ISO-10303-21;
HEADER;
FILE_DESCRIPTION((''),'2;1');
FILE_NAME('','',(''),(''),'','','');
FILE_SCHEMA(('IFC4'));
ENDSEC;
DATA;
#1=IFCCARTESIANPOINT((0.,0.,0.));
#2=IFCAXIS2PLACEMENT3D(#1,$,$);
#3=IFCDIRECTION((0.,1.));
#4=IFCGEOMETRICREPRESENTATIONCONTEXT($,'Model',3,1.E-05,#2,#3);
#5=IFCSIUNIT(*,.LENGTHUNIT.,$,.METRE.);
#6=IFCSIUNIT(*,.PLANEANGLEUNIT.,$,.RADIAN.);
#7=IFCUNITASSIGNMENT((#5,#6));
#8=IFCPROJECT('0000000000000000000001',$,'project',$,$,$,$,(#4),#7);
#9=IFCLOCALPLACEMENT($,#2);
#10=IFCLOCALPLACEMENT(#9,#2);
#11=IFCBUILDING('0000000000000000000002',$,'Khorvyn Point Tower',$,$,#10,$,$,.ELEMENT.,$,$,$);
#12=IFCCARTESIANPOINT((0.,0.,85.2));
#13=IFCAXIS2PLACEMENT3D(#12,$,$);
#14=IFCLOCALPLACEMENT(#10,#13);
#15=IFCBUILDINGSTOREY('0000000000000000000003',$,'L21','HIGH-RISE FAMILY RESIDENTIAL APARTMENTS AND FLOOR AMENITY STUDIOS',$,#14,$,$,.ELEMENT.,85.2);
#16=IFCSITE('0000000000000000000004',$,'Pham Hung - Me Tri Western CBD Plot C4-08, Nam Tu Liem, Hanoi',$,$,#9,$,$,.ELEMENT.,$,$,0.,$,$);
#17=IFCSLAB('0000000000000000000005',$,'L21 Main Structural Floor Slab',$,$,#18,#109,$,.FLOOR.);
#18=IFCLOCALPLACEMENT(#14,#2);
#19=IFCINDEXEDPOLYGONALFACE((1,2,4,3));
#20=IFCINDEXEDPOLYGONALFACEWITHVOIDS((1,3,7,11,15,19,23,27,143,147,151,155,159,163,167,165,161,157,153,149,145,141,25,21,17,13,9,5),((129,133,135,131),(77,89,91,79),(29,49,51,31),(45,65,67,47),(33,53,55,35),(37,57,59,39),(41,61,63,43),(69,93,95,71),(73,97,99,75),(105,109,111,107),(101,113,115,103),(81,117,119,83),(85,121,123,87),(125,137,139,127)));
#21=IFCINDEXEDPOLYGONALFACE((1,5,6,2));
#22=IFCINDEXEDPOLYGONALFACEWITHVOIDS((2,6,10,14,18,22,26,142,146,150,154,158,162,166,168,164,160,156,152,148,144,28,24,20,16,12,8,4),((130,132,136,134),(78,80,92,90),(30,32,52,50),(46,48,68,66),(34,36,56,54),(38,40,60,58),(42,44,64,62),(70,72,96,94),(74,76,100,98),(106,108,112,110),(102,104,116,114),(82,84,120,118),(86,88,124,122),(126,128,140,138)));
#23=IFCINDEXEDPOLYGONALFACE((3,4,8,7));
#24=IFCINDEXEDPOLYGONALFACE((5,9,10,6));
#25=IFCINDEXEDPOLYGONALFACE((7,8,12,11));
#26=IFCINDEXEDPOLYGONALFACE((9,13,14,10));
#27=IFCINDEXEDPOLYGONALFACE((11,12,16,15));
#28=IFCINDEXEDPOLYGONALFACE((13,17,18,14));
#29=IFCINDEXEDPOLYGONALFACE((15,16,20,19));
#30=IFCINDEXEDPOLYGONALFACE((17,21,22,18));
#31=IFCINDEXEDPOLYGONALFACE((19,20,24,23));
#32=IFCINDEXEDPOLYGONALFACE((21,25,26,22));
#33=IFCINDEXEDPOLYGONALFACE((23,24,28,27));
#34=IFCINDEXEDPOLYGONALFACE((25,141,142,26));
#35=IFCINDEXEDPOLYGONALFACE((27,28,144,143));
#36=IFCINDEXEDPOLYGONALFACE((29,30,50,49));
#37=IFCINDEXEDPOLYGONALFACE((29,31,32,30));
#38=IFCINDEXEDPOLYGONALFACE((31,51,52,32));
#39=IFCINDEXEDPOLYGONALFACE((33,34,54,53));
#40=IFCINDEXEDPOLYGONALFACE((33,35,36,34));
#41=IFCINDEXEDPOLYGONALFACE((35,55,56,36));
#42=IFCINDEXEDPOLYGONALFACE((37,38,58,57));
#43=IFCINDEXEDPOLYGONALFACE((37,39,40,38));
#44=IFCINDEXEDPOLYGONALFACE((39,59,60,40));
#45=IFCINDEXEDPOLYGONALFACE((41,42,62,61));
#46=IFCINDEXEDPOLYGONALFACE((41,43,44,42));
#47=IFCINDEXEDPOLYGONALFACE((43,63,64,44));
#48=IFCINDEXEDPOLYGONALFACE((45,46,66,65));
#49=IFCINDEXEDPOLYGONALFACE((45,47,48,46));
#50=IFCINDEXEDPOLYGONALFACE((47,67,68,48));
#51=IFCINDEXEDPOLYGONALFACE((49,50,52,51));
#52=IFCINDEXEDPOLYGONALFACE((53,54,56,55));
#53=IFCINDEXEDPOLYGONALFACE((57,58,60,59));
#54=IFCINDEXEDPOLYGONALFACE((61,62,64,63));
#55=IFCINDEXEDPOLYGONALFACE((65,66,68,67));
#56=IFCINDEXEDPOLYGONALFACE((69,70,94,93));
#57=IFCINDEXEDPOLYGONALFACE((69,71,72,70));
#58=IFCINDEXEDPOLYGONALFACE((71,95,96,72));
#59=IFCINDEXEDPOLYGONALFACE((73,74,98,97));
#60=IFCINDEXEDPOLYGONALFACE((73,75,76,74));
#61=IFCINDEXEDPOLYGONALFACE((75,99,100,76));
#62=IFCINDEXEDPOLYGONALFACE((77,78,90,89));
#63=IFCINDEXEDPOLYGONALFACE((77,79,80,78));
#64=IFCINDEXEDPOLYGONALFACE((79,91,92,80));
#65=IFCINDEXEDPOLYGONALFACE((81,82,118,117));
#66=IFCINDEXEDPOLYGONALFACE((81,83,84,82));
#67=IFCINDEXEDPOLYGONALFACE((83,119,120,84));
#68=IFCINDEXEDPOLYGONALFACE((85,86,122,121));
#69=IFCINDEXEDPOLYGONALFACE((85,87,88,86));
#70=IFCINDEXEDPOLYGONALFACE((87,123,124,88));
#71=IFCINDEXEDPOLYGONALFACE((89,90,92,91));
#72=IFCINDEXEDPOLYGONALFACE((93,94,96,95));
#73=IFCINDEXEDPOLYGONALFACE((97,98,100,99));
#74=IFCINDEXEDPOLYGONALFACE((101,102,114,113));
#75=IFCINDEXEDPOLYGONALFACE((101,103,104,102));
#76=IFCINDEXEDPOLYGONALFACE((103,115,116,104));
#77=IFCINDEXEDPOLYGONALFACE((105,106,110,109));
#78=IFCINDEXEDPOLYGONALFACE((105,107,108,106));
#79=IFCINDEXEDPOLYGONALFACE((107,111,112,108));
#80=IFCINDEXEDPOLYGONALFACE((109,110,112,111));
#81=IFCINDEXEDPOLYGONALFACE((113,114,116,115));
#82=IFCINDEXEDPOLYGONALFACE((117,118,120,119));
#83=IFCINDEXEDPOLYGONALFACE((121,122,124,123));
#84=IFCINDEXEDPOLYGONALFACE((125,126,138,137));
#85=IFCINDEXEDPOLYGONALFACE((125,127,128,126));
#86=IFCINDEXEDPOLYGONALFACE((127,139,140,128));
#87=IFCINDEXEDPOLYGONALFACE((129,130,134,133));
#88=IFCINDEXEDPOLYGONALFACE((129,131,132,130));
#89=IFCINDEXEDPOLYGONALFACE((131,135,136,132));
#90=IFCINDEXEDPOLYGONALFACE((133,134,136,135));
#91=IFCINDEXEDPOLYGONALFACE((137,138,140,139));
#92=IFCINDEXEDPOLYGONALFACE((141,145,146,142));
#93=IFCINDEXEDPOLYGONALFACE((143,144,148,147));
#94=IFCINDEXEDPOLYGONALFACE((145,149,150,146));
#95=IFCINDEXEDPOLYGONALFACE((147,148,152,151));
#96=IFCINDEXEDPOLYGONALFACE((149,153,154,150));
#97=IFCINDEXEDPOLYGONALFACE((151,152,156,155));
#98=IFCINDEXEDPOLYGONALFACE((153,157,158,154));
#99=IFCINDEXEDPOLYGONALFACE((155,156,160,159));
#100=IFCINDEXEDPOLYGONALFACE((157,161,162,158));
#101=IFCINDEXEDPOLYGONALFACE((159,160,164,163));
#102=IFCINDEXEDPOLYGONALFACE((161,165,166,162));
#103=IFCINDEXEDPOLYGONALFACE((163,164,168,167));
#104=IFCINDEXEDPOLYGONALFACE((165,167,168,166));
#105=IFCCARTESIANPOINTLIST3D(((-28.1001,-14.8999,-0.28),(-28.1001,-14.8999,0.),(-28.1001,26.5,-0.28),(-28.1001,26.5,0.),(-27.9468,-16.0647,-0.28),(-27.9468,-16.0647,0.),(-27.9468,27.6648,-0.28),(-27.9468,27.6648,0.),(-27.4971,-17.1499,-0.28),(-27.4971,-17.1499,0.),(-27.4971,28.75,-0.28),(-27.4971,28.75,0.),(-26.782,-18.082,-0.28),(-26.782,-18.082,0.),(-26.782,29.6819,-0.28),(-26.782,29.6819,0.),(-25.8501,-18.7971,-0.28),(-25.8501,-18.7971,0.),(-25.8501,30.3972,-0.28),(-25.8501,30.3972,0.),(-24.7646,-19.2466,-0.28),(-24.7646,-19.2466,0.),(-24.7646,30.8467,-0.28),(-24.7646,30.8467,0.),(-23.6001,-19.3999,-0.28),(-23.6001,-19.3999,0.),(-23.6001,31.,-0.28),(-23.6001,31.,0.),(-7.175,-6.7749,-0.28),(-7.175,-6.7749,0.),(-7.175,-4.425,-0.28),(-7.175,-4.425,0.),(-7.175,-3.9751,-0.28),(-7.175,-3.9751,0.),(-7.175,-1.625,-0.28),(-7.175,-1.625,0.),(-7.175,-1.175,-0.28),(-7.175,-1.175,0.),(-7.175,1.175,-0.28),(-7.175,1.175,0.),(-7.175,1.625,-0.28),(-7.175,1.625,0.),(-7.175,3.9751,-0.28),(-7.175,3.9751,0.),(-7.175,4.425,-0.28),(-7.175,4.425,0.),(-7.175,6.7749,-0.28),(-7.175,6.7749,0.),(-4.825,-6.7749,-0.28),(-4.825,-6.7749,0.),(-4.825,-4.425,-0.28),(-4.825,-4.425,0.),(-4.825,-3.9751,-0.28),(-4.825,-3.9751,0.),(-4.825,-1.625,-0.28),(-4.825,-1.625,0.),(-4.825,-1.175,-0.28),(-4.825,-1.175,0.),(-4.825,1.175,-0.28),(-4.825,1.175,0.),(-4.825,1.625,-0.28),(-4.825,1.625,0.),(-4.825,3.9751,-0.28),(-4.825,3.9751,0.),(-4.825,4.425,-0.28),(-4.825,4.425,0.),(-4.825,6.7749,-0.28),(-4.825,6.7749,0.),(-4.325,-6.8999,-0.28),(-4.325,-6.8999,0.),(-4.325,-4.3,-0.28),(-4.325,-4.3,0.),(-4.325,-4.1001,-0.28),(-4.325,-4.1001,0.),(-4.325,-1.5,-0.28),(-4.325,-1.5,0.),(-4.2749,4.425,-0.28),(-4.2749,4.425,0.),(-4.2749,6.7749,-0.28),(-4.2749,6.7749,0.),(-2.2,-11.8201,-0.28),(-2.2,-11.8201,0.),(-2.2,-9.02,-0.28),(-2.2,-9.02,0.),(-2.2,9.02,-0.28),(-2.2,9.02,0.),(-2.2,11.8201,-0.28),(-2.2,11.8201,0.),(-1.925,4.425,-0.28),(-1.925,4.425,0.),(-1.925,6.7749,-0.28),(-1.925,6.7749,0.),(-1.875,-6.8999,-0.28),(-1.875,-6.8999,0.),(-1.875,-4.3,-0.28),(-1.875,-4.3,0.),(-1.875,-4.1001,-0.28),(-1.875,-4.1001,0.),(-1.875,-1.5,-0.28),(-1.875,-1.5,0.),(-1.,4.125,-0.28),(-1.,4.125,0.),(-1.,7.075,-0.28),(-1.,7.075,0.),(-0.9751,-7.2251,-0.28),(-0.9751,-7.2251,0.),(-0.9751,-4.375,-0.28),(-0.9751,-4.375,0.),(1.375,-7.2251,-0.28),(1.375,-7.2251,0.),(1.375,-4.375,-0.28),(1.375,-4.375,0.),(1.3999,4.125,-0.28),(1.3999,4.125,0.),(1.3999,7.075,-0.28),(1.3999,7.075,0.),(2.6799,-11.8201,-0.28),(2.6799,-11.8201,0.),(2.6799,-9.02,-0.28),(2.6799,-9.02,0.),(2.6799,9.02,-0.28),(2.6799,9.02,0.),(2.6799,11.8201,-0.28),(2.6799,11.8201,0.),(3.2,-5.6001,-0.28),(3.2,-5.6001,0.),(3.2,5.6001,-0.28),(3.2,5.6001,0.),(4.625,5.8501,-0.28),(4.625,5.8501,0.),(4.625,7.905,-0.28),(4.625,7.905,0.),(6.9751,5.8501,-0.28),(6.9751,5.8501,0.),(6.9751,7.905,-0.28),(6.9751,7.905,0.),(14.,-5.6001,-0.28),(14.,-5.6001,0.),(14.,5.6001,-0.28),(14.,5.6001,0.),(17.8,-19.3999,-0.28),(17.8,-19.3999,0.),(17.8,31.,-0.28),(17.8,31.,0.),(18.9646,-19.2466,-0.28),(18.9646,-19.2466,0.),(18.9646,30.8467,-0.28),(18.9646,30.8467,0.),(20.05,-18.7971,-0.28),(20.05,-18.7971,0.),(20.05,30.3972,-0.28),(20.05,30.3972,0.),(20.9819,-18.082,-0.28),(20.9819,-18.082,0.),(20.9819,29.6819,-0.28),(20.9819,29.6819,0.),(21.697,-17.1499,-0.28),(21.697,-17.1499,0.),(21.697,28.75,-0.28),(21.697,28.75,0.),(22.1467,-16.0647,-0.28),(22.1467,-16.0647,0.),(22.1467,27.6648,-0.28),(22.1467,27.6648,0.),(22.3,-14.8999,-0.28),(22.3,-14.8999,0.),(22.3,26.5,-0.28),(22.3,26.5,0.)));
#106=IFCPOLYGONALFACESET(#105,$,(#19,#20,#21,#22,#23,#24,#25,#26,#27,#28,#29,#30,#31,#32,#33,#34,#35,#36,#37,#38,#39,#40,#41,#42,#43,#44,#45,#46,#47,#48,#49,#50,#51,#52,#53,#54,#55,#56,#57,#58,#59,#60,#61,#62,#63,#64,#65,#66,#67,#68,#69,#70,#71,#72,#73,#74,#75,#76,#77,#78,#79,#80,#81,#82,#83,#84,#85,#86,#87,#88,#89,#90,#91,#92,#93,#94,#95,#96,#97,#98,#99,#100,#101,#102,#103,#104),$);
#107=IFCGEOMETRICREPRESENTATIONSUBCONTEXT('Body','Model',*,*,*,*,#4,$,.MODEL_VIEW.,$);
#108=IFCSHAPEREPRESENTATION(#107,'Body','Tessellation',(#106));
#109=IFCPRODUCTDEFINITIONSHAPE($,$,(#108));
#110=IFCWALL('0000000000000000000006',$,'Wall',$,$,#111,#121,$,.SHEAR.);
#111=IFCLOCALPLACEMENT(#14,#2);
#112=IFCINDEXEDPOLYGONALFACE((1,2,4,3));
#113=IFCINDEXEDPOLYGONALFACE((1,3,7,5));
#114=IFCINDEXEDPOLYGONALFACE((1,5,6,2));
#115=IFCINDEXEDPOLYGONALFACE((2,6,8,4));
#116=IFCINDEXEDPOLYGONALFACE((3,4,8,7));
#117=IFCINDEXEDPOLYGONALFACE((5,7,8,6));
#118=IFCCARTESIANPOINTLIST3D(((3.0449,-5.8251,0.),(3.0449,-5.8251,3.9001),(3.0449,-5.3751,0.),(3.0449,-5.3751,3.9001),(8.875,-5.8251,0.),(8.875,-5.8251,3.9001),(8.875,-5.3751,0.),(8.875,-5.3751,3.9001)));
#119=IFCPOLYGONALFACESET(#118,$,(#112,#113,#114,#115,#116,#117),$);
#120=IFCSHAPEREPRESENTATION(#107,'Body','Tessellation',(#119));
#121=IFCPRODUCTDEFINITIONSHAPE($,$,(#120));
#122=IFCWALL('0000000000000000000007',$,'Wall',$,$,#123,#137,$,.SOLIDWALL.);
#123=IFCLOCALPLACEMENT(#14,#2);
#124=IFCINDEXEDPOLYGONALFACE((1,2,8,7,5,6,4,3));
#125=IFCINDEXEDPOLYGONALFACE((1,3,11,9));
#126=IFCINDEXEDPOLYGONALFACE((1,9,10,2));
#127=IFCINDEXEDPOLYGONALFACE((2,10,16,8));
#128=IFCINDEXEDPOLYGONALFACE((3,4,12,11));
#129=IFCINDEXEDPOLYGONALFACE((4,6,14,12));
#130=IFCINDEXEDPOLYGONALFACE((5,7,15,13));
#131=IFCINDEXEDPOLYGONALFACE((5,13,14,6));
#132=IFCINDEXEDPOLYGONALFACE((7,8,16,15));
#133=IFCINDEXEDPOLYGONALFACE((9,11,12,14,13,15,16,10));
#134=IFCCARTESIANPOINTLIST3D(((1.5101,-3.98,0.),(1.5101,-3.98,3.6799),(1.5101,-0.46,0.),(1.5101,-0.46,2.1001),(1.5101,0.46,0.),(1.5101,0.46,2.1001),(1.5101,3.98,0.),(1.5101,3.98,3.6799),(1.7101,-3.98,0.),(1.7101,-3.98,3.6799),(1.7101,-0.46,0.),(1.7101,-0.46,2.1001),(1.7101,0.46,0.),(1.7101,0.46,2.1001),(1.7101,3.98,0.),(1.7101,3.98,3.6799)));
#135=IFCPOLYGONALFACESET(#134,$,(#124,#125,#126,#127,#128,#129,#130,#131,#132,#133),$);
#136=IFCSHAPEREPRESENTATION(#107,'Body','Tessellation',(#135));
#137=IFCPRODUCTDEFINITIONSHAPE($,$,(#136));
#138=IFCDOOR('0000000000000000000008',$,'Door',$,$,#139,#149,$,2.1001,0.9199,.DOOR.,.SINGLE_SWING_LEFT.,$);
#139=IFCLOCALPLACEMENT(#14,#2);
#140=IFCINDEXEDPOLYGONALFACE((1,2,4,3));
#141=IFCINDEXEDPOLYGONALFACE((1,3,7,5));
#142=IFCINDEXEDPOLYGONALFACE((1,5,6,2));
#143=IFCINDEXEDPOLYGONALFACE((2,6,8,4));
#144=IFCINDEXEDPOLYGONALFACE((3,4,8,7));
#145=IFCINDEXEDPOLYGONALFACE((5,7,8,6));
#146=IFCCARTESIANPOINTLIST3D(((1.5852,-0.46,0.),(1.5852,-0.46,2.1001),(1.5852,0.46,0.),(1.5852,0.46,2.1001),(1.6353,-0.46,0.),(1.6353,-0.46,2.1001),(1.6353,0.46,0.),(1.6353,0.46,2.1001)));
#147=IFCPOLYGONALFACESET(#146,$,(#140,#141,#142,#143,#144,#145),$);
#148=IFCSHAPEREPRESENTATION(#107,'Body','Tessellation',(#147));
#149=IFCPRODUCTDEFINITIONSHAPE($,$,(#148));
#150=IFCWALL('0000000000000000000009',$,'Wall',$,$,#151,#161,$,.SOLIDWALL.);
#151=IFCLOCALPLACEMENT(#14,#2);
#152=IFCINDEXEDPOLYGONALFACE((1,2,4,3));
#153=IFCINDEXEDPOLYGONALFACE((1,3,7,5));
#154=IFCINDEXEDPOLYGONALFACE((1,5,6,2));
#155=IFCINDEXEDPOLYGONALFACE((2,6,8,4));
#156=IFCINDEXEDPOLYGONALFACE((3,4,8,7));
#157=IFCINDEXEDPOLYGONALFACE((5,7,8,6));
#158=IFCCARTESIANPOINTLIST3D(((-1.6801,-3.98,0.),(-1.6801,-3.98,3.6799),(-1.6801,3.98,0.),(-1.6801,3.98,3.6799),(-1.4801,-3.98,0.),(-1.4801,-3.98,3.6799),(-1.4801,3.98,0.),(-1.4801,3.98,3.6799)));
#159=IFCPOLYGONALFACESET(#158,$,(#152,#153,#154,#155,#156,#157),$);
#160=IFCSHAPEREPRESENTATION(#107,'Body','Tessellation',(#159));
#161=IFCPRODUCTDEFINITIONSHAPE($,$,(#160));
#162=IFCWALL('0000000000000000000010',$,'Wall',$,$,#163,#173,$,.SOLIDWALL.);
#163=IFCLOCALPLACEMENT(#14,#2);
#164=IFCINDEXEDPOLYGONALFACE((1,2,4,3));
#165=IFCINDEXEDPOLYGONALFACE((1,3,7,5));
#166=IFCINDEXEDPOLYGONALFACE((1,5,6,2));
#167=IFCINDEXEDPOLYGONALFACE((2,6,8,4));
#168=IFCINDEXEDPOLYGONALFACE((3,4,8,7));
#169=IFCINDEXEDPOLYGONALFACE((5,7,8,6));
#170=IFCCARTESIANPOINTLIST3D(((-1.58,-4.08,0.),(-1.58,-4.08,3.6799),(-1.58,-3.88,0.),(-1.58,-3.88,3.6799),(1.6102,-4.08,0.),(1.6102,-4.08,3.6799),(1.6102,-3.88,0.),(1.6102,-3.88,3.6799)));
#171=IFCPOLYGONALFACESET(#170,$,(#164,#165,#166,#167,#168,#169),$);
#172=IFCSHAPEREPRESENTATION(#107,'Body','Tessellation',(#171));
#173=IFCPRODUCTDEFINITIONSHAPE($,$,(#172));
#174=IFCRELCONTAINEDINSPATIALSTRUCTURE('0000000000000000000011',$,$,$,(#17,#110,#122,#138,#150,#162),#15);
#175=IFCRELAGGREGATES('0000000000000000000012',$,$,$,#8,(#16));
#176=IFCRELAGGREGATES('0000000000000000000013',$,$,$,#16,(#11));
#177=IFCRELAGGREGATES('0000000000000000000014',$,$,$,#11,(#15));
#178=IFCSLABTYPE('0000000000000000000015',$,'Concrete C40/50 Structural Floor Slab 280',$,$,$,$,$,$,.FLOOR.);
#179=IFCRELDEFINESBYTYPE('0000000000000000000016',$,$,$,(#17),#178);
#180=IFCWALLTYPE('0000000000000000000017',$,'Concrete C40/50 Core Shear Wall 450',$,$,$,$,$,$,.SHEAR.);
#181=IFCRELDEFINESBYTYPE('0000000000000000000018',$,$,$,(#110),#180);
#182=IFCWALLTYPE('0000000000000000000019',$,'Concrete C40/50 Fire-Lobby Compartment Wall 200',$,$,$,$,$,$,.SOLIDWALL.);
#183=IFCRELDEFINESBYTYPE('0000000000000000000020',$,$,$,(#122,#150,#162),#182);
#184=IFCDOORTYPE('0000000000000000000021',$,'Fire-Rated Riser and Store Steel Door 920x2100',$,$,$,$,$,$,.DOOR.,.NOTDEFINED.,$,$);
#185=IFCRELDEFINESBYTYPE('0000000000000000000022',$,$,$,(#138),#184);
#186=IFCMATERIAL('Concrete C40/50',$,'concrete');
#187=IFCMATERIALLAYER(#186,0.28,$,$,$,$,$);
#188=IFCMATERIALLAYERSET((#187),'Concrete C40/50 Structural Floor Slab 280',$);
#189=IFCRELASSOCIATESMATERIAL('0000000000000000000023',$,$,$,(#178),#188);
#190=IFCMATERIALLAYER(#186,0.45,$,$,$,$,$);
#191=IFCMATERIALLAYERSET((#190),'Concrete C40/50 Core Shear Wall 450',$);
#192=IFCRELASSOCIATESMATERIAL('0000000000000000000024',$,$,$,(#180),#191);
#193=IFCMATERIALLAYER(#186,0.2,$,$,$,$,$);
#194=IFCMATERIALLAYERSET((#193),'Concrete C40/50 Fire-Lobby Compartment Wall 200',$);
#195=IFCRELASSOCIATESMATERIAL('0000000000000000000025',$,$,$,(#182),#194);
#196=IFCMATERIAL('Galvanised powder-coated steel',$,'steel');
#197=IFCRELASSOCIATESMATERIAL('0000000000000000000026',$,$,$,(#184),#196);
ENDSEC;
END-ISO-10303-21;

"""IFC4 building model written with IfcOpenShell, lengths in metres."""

from ifc_helpers import new_model, si_unit, direction, frame, frame_2d, origin, place, context, subcontext, project, spatial, polyline, rectangle, outline, extrude, material, layer, layer_set, type_object, element, fill, save


model = new_model("IFC4")

# Units and contexts
model_context = context("Model", 3, precision=1e-05, world=origin(), true_north=direction((0.0, 1.0)))
body_context = subcontext(model_context, "Body", "Model", "MODEL_VIEW")
ifc_project = project(units=[si_unit("LENGTHUNIT", "METRE"), si_unit("PLANEANGLEUNIT", "RADIAN")], contexts=[model_context])

# Site, building, storey
site_placement = place(None, origin())
site = spatial("IfcSite", under=ifc_project, at=site_placement, Name="Pham Hung - Me Tri Western CBD Plot C4-08, Nam Tu Liem, Hanoi", CompositionType="ELEMENT", RefElevation=0.0)
building_placement = place(site_placement, origin())
building = spatial("IfcBuilding", under=site, at=building_placement, Name="Khorvyn Point Tower", CompositionType="ELEMENT")
storey_placement = place(building_placement, frame((0.0, 0.0, 85.2)))
storey = spatial("IfcBuildingStorey", under=building, at=storey_placement, Name="L21", Description="HIGH-RISE FAMILY RESIDENTIAL APARTMENTS AND FLOOR AMENITY STUDIOS", CompositionType="ELEMENT", Elevation=85.2)

# Shared definitions
ifc_material_1 = material(Name="Concrete C40/50", Category="concrete")

# Slab
ifc_layer_1 = layer(ifc_material_1, 0.28)
ifc_layer_set_1 = layer_set([ifc_layer_1], Name="Concrete C40/50 Structural Floor Slab 280")
slab_type_1 = type_object("IfcSlabType", Name="Concrete C40/50 Structural Floor Slab 280", PredefinedType="FLOOR", material=ifc_layer_set_1)
slab_1_placement = place(storey_placement, frame((0.0, 0.0, -0.28)))
element("IfcSlab", 1, at=slab_1_placement, inside=storey, type_object=slab_type_1, Name="L21 Main Structural Floor Slab", PredefinedType="FLOOR", context=body_context, shape_type="SweptSolid", body=[
    extrude(outline(polyline([(-23.6001, -19.3999), (-24.7646, -19.2466), (-25.8501, -18.7971), (-26.782, -18.082), (-27.4971, -17.1499), (-27.9468, -16.0647), (-28.1001, -14.8999), (-28.1001, 26.5), (-27.9468, 27.6648), (-27.4971, 28.75), (-26.782, 29.6819), (-25.8501, 30.3972), (-24.7646, 30.8467), (-23.6001, 31.0), (17.8, 31.0), (18.9646, 30.8467), (20.05, 30.3972), (20.9819, 29.6819), (21.697, 28.75), (22.1467, 27.6648), (22.3, 26.5), (22.3, -14.8999), (22.1467, -16.0647), (21.697, -17.1499), (20.9819, -18.082), (20.05, -18.7971), (18.9646, -19.2466), (17.8, -19.3999), (-23.6001, -19.3999)]), holes=[polyline([(-4.825, -6.7749), (-4.825, -4.425), (-7.175, -4.425), (-7.175, -6.7749), (-4.825, -6.7749)]), polyline([(-4.325, -6.8999), (-1.875, -6.8999), (-1.875, -4.3), (-4.325, -4.3), (-4.325, -6.8999)]), polyline([(-7.175, -3.9751), (-4.825, -3.9751), (-4.825, -1.625), (-7.175, -1.625), (-7.175, -3.9751)]), polyline([(-7.175, -1.175), (-4.825, -1.175), (-4.825, 1.175), (-7.175, 1.175), (-7.175, -1.175)]), polyline([(-7.175, 1.625), (-4.825, 1.625), (-4.825, 3.9751), (-7.175, 3.9751), (-7.175, 1.625)]), polyline([(-7.175, 4.425), (-4.825, 4.425), (-4.825, 6.7749), (-7.175, 6.7749), (-7.175, 4.425)]), polyline([(-4.2749, 4.425), (-1.925, 4.425), (-1.925, 6.7749), (-4.2749, 6.7749), (-4.2749, 4.425)]), polyline([(2.6799, -11.8201), (2.6799, -9.02), (-2.2, -9.02), (-2.2, -11.8201), (2.6799, -11.8201)]), polyline([(-0.9751, -7.2251), (1.375, -7.2251), (1.375, -4.375), (-0.9751, -4.375), (-0.9751, -7.2251)]), polyline([(-4.325, -4.1001), (-1.875, -4.1001), (-1.875, -1.5), (-4.325, -1.5), (-4.325, -4.1001)]), polyline([(3.2, -5.6001), (14.0, -5.6001), (14.0, 5.6001), (3.2, 5.6001), (3.2, -5.6001)]), polyline([(-1.0, 4.125), (1.3999, 4.125), (1.3999, 7.075), (-1.0, 7.075), (-1.0, 4.125)]), polyline([(4.625, 5.8501), (6.9751, 5.8501), (6.9751, 7.905), (4.625, 7.905), (4.625, 5.8501)]), polyline([(-2.2, 9.02), (2.6799, 9.02), (2.6799, 11.8201), (-2.2, 11.8201), (-2.2, 9.02)])]), origin(), (0.0, 0.0, 1.0), 0.28),
])

# Wall
ifc_layer_2 = layer(ifc_material_1, 0.45)
ifc_layer_set_2 = layer_set([ifc_layer_2], Name="Concrete C40/50 Core Shear Wall 450")
wall_type_1 = type_object("IfcWallType", Name="Concrete C40/50 Core Shear Wall 450", PredefinedType="SHEAR", material=ifc_layer_set_2)
wall_1_placement = place(storey_placement, frame((3.0449, -5.6001, 0.0), z_axis=(0.0, 0.0, 1.0), x_axis=(1.0, 0.0, 0.0)))
element("IfcWall", 2, at=wall_1_placement, inside=storey, type_object=wall_type_1, Name="Wall", PredefinedType="SHEAR", context=body_context, shape_type="SweptSolid", body=[
    extrude(rectangle(XDim=5.8301, YDim=0.45, at=frame_2d((2.915, 0.0))), origin(), (0.0, 0.0, 1.0), 3.9001),
])

# Wall, opening, door
ifc_layer_3 = layer(ifc_material_1, 0.2)
ifc_layer_set_3 = layer_set([ifc_layer_3], Name="Concrete C40/50 Fire-Lobby Compartment Wall 200")
wall_type_2 = type_object("IfcWallType", Name="Concrete C40/50 Fire-Lobby Compartment Wall 200", PredefinedType="SOLIDWALL", material=ifc_layer_set_3)
wall_2_placement = place(storey_placement, frame((1.6101, -3.98, 0.0), z_axis=(0.0, 0.0, 1.0), x_axis=(0.0, 1.0, 0.0)))
wall_2 = element("IfcWall", 3, at=wall_2_placement, inside=storey, type_object=wall_type_2, Name="Wall", PredefinedType="SOLIDWALL", context=body_context, shape_type="SweptSolid", body=[
    extrude(rectangle(XDim=7.96, YDim=0.2, at=frame_2d((3.98, 0.0))), origin(), (0.0, 0.0, 1.0), 3.6799),
])
opening_1_placement = place(wall_2_placement, frame((3.52, 0.0, 0.0)))
opening_1 = element("IfcOpeningElement", 4, at=opening_1_placement, cuts=wall_2, PredefinedType="OPENING", context=body_context, shape_type="SweptSolid", body=[
    extrude(rectangle(XDim=0.9199, YDim=2.1001, at=frame_2d((0.46, 1.05))), frame((0.0, 0.1099, 0.0), z_axis=(0.0, -1.0, 0.0), x_axis=(1.0, 0.0, 0.0)), (0.0, 0.0, 1.0), 0.22),
])
ifc_material_2 = material(Name="Galvanised powder-coated steel", Category="steel")
door_type_1 = type_object("IfcDoorType", Name="Fire-Rated Riser and Store Steel Door 920x2100", OperationType="NOTDEFINED", PredefinedType="DOOR", material=ifc_material_2)
door_1_placement = place(opening_1_placement, origin())
door_1 = element("IfcDoor", 5, at=door_1_placement, inside=storey, type_object=door_type_1, Name="Door", OperationType="SINGLE_SWING_LEFT", OverallHeight=2.1001, OverallWidth=0.9199, PredefinedType="DOOR", context=body_context, shape_type="SweptSolid", body=[
    extrude(rectangle(XDim=0.9199, YDim=2.1001, at=frame_2d((0.46, 1.05))), frame((0.0, 0.0249, 0.0), z_axis=(0.0, -1.0, 0.0), x_axis=(1.0, 0.0, 0.0)), (0.0, 0.0, 1.0), 0.05),
])
fill(opening_1, door_1)

# Walls
wall_3_placement = place(storey_placement, frame((-1.5801, -3.98, 0.0), z_axis=(0.0, 0.0, 1.0), x_axis=(0.0, 1.0, 0.0)))
element("IfcWall", 6, at=wall_3_placement, inside=storey, type_object=wall_type_2, Name="Wall", PredefinedType="SOLIDWALL", context=body_context, shape_type="SweptSolid", body=[
    extrude(rectangle(XDim=7.96, YDim=0.2, at=frame_2d((3.98, 0.0))), origin(), (0.0, 0.0, 1.0), 3.6799),
])
wall_4_placement = place(storey_placement, frame((-1.5801, -3.98, 0.0), z_axis=(0.0, 0.0, 1.0), x_axis=(1.0, 0.0, 0.0)))
element("IfcWall", 7, at=wall_4_placement, inside=storey, type_object=wall_type_2, Name="Wall", PredefinedType="SOLIDWALL", context=body_context, shape_type="SweptSolid", body=[
    extrude(rectangle(XDim=3.1902, YDim=0.2, at=frame_2d((1.5952, 0.0))), origin(), (0.0, 0.0, 1.0), 3.6799),
])

save(model, "model.ifc")
